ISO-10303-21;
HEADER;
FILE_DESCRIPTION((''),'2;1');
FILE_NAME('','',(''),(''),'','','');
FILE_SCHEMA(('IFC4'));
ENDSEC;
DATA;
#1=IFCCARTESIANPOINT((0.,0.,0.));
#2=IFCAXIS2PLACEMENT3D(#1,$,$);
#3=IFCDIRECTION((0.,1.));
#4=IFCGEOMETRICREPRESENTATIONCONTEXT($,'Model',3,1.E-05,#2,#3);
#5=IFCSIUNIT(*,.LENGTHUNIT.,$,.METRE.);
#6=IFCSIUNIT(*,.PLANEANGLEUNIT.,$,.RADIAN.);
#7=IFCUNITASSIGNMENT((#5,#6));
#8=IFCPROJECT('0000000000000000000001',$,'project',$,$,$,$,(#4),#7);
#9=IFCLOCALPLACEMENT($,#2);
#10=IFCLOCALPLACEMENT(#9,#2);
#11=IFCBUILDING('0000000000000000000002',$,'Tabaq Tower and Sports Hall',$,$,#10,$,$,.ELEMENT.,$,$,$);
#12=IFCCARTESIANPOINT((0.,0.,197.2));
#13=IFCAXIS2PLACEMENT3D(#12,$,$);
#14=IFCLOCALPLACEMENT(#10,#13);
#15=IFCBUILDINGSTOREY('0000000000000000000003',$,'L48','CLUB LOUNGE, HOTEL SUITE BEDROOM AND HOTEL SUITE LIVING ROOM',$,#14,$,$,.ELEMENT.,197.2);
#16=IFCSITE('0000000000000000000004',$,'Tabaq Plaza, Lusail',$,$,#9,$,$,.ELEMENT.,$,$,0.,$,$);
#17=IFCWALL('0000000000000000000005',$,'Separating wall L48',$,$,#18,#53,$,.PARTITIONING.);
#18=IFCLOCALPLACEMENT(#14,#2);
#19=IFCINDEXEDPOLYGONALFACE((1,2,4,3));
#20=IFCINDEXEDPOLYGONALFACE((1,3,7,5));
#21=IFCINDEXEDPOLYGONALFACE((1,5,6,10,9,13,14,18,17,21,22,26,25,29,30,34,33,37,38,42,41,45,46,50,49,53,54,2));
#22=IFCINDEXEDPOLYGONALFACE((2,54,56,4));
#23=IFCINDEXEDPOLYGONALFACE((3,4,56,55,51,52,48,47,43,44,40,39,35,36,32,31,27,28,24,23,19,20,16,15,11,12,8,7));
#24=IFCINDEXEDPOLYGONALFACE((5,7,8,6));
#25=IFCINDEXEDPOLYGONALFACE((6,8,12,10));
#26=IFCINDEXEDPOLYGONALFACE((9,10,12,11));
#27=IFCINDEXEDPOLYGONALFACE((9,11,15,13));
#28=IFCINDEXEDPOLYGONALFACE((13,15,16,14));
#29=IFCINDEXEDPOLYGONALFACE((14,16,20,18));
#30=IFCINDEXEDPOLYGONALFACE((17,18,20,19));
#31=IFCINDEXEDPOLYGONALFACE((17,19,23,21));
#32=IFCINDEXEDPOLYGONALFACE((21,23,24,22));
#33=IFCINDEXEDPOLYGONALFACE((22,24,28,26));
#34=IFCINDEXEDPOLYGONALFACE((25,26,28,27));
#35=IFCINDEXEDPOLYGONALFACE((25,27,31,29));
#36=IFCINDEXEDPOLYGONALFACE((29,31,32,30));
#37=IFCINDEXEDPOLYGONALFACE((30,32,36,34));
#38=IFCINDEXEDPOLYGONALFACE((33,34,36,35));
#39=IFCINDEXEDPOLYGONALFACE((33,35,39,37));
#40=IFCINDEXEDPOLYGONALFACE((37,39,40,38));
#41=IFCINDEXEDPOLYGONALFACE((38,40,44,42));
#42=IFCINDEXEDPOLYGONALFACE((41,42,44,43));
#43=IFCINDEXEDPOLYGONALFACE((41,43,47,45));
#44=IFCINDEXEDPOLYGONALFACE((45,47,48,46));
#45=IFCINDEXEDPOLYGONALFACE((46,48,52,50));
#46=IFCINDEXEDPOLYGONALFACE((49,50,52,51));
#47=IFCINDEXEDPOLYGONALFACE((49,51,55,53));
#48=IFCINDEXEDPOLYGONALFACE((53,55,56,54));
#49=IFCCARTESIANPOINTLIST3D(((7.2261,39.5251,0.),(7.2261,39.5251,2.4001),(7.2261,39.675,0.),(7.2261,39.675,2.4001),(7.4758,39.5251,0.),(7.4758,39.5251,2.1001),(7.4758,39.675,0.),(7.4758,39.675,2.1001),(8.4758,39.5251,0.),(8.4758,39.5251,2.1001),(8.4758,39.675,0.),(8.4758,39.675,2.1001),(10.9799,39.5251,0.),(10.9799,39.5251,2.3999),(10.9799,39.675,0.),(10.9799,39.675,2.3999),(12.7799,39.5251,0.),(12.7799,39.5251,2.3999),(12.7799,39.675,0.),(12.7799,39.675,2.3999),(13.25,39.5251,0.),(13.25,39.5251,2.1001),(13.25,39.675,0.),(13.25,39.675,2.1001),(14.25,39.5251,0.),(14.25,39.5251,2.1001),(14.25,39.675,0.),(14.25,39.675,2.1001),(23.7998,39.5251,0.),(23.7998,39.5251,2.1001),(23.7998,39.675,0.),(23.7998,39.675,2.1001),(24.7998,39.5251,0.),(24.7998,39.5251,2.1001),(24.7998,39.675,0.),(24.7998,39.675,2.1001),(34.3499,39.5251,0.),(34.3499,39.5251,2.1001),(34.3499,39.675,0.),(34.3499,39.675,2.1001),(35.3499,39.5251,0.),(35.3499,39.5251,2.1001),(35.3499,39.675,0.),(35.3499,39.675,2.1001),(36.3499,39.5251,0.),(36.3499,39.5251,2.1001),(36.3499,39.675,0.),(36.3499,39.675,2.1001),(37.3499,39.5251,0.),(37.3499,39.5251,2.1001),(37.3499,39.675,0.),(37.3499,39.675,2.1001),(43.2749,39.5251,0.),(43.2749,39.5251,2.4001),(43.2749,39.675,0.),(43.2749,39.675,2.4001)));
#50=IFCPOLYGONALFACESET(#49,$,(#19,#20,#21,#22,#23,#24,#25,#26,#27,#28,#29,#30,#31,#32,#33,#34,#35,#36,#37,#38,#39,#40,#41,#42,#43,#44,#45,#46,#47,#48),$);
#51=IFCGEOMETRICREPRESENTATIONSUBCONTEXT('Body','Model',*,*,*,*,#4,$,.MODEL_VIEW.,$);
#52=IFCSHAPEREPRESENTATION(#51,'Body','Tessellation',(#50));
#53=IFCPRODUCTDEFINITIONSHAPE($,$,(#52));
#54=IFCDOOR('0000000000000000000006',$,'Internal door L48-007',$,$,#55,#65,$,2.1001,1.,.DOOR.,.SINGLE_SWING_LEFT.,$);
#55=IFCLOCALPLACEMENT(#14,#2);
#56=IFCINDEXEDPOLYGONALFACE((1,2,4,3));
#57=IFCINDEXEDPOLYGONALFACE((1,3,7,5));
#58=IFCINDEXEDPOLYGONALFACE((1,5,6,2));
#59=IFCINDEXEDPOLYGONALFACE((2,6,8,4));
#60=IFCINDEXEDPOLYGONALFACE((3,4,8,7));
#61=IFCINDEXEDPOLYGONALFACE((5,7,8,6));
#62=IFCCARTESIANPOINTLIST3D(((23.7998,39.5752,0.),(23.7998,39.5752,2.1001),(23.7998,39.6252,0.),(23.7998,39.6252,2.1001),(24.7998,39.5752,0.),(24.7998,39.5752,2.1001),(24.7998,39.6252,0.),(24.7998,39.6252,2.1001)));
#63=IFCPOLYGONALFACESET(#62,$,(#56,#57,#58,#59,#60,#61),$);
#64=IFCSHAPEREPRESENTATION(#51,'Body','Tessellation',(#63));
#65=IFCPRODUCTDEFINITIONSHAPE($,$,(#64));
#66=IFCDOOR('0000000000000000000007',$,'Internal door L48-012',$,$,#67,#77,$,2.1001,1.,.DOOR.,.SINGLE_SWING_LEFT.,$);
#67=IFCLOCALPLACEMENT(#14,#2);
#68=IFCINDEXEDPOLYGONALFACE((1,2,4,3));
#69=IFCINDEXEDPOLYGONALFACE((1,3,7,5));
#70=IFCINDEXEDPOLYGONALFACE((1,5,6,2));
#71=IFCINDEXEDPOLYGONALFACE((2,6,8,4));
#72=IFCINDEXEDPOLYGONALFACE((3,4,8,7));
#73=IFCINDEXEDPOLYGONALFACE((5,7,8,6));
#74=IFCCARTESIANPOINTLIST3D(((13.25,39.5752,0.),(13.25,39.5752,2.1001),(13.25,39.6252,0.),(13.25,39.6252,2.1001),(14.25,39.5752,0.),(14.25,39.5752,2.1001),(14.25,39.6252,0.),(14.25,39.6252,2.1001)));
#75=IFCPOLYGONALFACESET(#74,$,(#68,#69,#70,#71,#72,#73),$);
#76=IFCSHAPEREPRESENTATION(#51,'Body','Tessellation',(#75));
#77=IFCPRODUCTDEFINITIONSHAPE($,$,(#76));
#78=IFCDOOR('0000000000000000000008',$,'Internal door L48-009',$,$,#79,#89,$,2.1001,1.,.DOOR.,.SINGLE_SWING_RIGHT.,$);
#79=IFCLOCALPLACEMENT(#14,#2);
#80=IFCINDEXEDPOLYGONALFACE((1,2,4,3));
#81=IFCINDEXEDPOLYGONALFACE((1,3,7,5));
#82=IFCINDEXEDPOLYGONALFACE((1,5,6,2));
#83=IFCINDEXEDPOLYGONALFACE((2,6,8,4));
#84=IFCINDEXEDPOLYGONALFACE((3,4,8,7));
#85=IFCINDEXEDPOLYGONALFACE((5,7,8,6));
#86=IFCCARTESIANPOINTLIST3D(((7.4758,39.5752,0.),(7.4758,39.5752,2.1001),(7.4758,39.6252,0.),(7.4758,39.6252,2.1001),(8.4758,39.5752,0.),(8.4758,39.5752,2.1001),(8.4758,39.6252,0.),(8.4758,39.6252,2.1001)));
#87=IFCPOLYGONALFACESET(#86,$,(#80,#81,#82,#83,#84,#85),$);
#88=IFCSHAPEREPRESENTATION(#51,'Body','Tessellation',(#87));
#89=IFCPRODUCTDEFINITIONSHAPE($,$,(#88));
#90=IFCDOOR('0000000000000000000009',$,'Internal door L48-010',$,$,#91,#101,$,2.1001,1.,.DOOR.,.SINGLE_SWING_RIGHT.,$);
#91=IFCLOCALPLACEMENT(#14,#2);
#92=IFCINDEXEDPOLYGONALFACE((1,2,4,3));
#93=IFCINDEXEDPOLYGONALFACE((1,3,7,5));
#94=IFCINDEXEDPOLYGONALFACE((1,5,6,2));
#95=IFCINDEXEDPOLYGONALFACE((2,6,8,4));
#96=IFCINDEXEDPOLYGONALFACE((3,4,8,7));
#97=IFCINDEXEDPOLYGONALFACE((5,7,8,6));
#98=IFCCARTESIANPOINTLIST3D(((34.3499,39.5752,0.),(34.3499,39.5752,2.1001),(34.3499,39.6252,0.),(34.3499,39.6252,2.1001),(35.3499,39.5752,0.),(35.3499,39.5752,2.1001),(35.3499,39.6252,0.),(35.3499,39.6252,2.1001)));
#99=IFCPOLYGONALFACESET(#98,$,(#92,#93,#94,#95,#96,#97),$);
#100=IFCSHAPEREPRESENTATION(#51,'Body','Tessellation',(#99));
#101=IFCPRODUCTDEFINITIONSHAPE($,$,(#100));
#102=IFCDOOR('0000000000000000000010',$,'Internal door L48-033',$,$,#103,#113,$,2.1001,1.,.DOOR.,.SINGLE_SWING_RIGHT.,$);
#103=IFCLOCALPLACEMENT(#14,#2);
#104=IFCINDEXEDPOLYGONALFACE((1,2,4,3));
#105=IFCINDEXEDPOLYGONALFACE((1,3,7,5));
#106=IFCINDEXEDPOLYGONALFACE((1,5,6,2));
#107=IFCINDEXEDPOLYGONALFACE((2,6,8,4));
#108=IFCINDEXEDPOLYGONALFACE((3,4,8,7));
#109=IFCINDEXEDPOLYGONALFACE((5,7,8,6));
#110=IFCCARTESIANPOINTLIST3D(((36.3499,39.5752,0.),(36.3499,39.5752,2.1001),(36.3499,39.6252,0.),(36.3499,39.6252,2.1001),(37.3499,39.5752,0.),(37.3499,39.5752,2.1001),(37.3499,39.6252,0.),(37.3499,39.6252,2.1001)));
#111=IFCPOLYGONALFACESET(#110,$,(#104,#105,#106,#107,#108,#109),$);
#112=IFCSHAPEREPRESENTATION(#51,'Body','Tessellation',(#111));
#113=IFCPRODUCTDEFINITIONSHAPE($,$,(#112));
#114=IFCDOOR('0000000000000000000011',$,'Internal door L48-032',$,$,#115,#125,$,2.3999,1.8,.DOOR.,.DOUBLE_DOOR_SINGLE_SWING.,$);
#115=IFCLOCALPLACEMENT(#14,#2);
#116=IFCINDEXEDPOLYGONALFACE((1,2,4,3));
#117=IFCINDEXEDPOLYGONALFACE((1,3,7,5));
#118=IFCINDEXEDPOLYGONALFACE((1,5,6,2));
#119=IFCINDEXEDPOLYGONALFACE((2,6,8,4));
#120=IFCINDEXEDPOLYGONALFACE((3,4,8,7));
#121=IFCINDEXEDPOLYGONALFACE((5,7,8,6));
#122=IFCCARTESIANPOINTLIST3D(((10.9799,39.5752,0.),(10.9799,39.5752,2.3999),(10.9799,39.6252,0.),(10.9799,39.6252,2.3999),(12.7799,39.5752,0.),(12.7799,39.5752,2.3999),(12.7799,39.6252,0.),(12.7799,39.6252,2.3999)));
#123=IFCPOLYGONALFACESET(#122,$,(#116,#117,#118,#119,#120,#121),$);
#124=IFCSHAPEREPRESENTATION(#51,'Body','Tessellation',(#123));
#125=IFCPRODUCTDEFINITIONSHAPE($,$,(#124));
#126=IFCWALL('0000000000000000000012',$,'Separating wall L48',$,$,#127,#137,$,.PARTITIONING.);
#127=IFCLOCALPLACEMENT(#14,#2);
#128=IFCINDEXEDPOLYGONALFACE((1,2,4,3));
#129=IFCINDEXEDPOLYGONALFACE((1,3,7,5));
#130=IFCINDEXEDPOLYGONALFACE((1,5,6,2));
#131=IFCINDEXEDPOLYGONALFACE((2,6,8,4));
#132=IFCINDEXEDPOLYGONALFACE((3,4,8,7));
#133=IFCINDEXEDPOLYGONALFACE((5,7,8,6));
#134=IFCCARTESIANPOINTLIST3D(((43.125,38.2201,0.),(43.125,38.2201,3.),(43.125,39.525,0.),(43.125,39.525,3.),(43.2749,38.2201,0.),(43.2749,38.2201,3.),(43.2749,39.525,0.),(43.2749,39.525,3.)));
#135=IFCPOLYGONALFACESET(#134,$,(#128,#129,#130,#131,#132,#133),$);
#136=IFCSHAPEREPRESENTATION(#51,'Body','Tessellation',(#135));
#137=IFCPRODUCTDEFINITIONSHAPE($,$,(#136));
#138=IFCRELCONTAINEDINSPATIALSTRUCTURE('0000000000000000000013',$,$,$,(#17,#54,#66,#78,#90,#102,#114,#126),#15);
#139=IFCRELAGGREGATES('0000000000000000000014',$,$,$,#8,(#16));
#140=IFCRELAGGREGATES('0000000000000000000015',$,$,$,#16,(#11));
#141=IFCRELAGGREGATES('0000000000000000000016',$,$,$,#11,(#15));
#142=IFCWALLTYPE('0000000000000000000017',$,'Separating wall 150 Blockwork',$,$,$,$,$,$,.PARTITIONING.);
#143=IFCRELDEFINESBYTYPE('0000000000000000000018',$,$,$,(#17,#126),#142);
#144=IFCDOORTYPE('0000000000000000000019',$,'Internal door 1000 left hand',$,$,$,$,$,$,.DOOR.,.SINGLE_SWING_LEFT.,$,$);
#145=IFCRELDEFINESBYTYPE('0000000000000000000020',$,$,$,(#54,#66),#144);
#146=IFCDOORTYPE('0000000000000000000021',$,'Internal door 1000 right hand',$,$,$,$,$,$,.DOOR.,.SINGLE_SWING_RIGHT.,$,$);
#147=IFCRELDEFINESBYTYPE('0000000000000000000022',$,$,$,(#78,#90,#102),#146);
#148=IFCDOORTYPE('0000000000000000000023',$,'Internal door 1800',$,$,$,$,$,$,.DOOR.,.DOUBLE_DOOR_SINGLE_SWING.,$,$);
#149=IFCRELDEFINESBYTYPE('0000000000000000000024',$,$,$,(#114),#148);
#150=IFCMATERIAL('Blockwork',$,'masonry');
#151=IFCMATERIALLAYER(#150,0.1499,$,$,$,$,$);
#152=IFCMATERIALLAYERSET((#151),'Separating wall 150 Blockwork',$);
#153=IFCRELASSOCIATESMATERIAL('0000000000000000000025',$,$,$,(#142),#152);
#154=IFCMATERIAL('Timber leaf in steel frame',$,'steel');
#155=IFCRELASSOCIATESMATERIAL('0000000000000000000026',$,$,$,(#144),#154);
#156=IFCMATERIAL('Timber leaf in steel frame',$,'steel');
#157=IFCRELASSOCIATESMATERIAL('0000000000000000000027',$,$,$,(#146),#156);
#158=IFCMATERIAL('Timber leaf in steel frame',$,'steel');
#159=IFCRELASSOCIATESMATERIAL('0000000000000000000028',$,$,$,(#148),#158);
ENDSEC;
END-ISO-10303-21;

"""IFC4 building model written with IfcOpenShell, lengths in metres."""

from ifc_helpers import new_model, si_unit, direction, frame, frame_2d, origin, place, context, subcontext, project, spatial, rectangle, extrude, material, layer, layer_set, type_object, element, fill, save


model = new_model("IFC4")

# Units and contexts
model_context = context("Model", 3, precision=1e-05, world=origin(), true_north=direction((0.0, 1.0)))
body_context = subcontext(model_context, "Body", "Model", "MODEL_VIEW")
ifc_project = project(units=[si_unit("LENGTHUNIT", "METRE"), si_unit("PLANEANGLEUNIT", "RADIAN")], contexts=[model_context])

# Site, building, storey
site_placement = place(None, origin())
site = spatial("IfcSite", under=ifc_project, at=site_placement, Name="Tabaq Plaza, Lusail", CompositionType="ELEMENT", RefElevation=0.0)
building_placement = place(site_placement, origin())
building = spatial("IfcBuilding", under=site, at=building_placement, Name="Tabaq Tower and Sports Hall", CompositionType="ELEMENT")
storey_placement = place(building_placement, frame((0.0, 0.0, 197.2)))
storey = spatial("IfcBuildingStorey", under=building, at=storey_placement, Name="L48", Description="CLUB LOUNGE, HOTEL SUITE BEDROOM AND HOTEL SUITE LIVING ROOM", CompositionType="ELEMENT", Elevation=197.2)

# Wall, openings, doors
ifc_material_1 = material(Name="Blockwork", Category="masonry")
ifc_layer_1 = layer(ifc_material_1, 0.1499)
ifc_layer_set_1 = layer_set([ifc_layer_1], Name="Separating wall 150 Blockwork")
wall_type = type_object("IfcWallType", Name="Separating wall 150 Blockwork", PredefinedType="PARTITIONING", material=ifc_layer_set_1)
wall_1_placement = place(storey_placement, frame((43.2749, 39.6001, 0.0), z_axis=(0.0, 0.0, 1.0), x_axis=(-1.0, 0.0, 0.0)))
wall_1 = element("IfcWall", 1, at=wall_1_placement, inside=storey, type_object=wall_type, Name="Separating wall L48", PredefinedType="PARTITIONING", context=body_context, shape_type="SweptSolid", body=[
    extrude(rectangle(XDim=36.0488, YDim=0.1499, at=frame_2d((18.0244, 0.0))), origin(), (0.0, 0.0, 1.0), 2.4001),
])
opening_1_placement = place(wall_1_placement, frame((18.4751, 0.0, 0.0)))
opening_1 = element("IfcOpeningElement", 2, at=opening_1_placement, cuts=wall_1, PredefinedType="OPENING", context=body_context, shape_type="SweptSolid", body=[
    extrude(rectangle(XDim=1.0, YDim=2.1001, at=frame_2d((0.5, 1.05))), frame((0.0, 0.075, 0.0), z_axis=(0.0, -1.0, 0.0), x_axis=(1.0, 0.0, 0.0)), (0.0, 0.0, 1.0), 0.1499),
])
opening_2_placement = place(wall_1_placement, frame((34.7991, 0.0, 0.0)))
opening_2 = element("IfcOpeningElement", 3, at=opening_2_placement, cuts=wall_1, PredefinedType="OPENING", context=body_context, shape_type="SweptSolid", body=[
    extrude(rectangle(XDim=1.0, YDim=2.1001, at=frame_2d((0.5, 1.05))), frame((0.0, 0.075, 0.0), z_axis=(0.0, -1.0, 0.0), x_axis=(1.0, 0.0, 0.0)), (0.0, 0.0, 1.0), 0.1499),
])
opening_3_placement = place(wall_1_placement, frame((7.925, 0.0, 0.0)))
opening_3 = element("IfcOpeningElement", 4, at=opening_3_placement, cuts=wall_1, PredefinedType="OPENING", context=body_context, shape_type="SweptSolid", body=[
    extrude(rectangle(XDim=1.0, YDim=2.1001, at=frame_2d((0.5, 1.05))), frame((0.0, 0.075, 0.0), z_axis=(0.0, -1.0, 0.0), x_axis=(1.0, 0.0, 0.0)), (0.0, 0.0, 1.0), 0.1499),
])
opening_4_placement = place(wall_1_placement, frame((29.0249, 0.0, 0.0)))
opening_4 = element("IfcOpeningElement", 5, at=opening_4_placement, cuts=wall_1, PredefinedType="OPENING", context=body_context, shape_type="SweptSolid", body=[
    extrude(rectangle(XDim=1.0, YDim=2.1001, at=frame_2d((0.5, 1.05))), frame((0.0, 0.075, 0.0), z_axis=(0.0, -1.0, 0.0), x_axis=(1.0, 0.0, 0.0)), (0.0, 0.0, 1.0), 0.1499),
])
opening_5_placement = place(wall_1_placement, frame((30.4951, 0.0, 0.0)))
opening_5 = element("IfcOpeningElement", 6, at=opening_5_placement, cuts=wall_1, PredefinedType="OPENING", context=body_context, shape_type="SweptSolid", body=[
    extrude(rectangle(XDim=1.8, YDim=2.3999, at=frame_2d((0.8999, 1.2))), frame((0.0, 0.075, 0.0), z_axis=(0.0, -1.0, 0.0), x_axis=(1.0, 0.0, 0.0)), (0.0, 0.0, 1.0), 0.1499),
])
opening_6_placement = place(wall_1_placement, frame((5.925, 0.0, 0.0)))
opening_6 = element("IfcOpeningElement", 7, at=opening_6_placement, cuts=wall_1, PredefinedType="OPENING", context=body_context, shape_type="SweptSolid", body=[
    extrude(rectangle(XDim=1.0, YDim=2.1001, at=frame_2d((0.5, 1.05))), frame((0.0, 0.075, 0.0), z_axis=(0.0, -1.0, 0.0), x_axis=(1.0, 0.0, 0.0)), (0.0, 0.0, 1.0), 0.1499),
])
ifc_material_2 = material(Name="Timber leaf in steel frame", Category="steel")
door_type_1 = type_object("IfcDoorType", Name="Internal door 1000 left hand", OperationType="SINGLE_SWING_LEFT", PredefinedType="DOOR", material=ifc_material_2)
door_1_placement = place(opening_1_placement, origin())
door_1 = element("IfcDoor", 8, at=door_1_placement, inside=storey, type_object=door_type_1, Name="Internal door L48-007", OperationType="SINGLE_SWING_LEFT", OverallHeight=2.1001, OverallWidth=1.0, PredefinedType="DOOR", context=body_context, shape_type="SweptSolid", body=[
    extrude(rectangle(XDim=1.0, YDim=2.1001, at=frame_2d((0.5, 1.05))), frame((0.0, 0.0249, 0.0), z_axis=(0.0, -1.0, 0.0), x_axis=(1.0, 0.0, 0.0)), (0.0, 0.0, 1.0), 0.05),
])
fill(opening_1, door_1)
door_2_placement = place(opening_4_placement, origin())
door_2 = element("IfcDoor", 9, at=door_2_placement, inside=storey, type_object=door_type_1, Name="Internal door L48-012", OperationType="SINGLE_SWING_LEFT", OverallHeight=2.1001, OverallWidth=1.0, PredefinedType="DOOR", context=body_context, shape_type="SweptSolid", body=[
    extrude(rectangle(XDim=1.0, YDim=2.1001, at=frame_2d((0.5, 1.05))), frame((0.0, 0.0249, 0.0), z_axis=(0.0, -1.0, 0.0), x_axis=(1.0, 0.0, 0.0)), (0.0, 0.0, 1.0), 0.05),
])
fill(opening_4, door_2)
ifc_material_3 = material(Name="Timber leaf in steel frame", Category="steel")
door_type_2 = type_object("IfcDoorType", Name="Internal door 1000 right hand", OperationType="SINGLE_SWING_RIGHT", PredefinedType="DOOR", material=ifc_material_3)
door_3_placement = place(opening_2_placement, origin())
door_3 = element("IfcDoor", 10, at=door_3_placement, inside=storey, type_object=door_type_2, Name="Internal door L48-009", OperationType="SINGLE_SWING_RIGHT", OverallHeight=2.1001, OverallWidth=1.0, PredefinedType="DOOR", context=body_context, shape_type="SweptSolid", body=[
    extrude(rectangle(XDim=1.0, YDim=2.1001, at=frame_2d((0.5, 1.05))), frame((0.0, 0.0249, 0.0), z_axis=(0.0, -1.0, 0.0), x_axis=(1.0, 0.0, 0.0)), (0.0, 0.0, 1.0), 0.05),
])
fill(opening_2, door_3)
door_4_placement = place(opening_3_placement, origin())
door_4 = element("IfcDoor", 11, at=door_4_placement, inside=storey, type_object=door_type_2, Name="Internal door L48-010", OperationType="SINGLE_SWING_RIGHT", OverallHeight=2.1001, OverallWidth=1.0, PredefinedType="DOOR", context=body_context, shape_type="SweptSolid", body=[
    extrude(rectangle(XDim=1.0, YDim=2.1001, at=frame_2d((0.5, 1.05))), frame((0.0, 0.0249, 0.0), z_axis=(0.0, -1.0, 0.0), x_axis=(1.0, 0.0, 0.0)), (0.0, 0.0, 1.0), 0.05),
])
fill(opening_3, door_4)
door_5_placement = place(opening_6_placement, origin())
door_5 = element("IfcDoor", 12, at=door_5_placement, inside=storey, type_object=door_type_2, Name="Internal door L48-033", OperationType="SINGLE_SWING_RIGHT", OverallHeight=2.1001, OverallWidth=1.0, PredefinedType="DOOR", context=body_context, shape_type="SweptSolid", body=[
    extrude(rectangle(XDim=1.0, YDim=2.1001, at=frame_2d((0.5, 1.05))), frame((0.0, 0.0249, 0.0), z_axis=(0.0, -1.0, 0.0), x_axis=(1.0, 0.0, 0.0)), (0.0, 0.0, 1.0), 0.05),
])
fill(opening_6, door_5)
ifc_material_4 = material(Name="Timber leaf in steel frame", Category="steel")
door_type_3 = type_object("IfcDoorType", Name="Internal door 1800", OperationType="DOUBLE_DOOR_SINGLE_SWING", PredefinedType="DOOR", material=ifc_material_4)
door_6_placement = place(opening_5_placement, origin())
door_6 = element("IfcDoor", 13, at=door_6_placement, inside=storey, type_object=door_type_3, Name="Internal door L48-032", OperationType="DOUBLE_DOOR_SINGLE_SWING", OverallHeight=2.3999, OverallWidth=1.8, PredefinedType="DOOR", context=body_context, shape_type="SweptSolid", body=[
    extrude(rectangle(XDim=1.8, YDim=2.3999, at=frame_2d((0.8999, 1.2))), frame((0.0, 0.0249, 0.0), z_axis=(0.0, -1.0, 0.0), x_axis=(1.0, 0.0, 0.0)), (0.0, 0.0, 1.0), 0.05),
])
fill(opening_5, door_6)

# Wall
wall_2_placement = place(storey_placement, frame((43.2, 39.5249, 0.0), z_axis=(0.0, 0.0, 1.0), x_axis=(0.0, -1.0, 0.0)))
element("IfcWall", 14, at=wall_2_placement, inside=storey, type_object=wall_type, Name="Separating wall L48", PredefinedType="PARTITIONING", context=body_context, shape_type="SweptSolid", body=[
    extrude(rectangle(XDim=1.3049, YDim=0.1499, at=frame_2d((0.6523, 0.0))), origin(), (0.0, 0.0, 1.0), 3.0),
])

save(model, "model.ifc")
